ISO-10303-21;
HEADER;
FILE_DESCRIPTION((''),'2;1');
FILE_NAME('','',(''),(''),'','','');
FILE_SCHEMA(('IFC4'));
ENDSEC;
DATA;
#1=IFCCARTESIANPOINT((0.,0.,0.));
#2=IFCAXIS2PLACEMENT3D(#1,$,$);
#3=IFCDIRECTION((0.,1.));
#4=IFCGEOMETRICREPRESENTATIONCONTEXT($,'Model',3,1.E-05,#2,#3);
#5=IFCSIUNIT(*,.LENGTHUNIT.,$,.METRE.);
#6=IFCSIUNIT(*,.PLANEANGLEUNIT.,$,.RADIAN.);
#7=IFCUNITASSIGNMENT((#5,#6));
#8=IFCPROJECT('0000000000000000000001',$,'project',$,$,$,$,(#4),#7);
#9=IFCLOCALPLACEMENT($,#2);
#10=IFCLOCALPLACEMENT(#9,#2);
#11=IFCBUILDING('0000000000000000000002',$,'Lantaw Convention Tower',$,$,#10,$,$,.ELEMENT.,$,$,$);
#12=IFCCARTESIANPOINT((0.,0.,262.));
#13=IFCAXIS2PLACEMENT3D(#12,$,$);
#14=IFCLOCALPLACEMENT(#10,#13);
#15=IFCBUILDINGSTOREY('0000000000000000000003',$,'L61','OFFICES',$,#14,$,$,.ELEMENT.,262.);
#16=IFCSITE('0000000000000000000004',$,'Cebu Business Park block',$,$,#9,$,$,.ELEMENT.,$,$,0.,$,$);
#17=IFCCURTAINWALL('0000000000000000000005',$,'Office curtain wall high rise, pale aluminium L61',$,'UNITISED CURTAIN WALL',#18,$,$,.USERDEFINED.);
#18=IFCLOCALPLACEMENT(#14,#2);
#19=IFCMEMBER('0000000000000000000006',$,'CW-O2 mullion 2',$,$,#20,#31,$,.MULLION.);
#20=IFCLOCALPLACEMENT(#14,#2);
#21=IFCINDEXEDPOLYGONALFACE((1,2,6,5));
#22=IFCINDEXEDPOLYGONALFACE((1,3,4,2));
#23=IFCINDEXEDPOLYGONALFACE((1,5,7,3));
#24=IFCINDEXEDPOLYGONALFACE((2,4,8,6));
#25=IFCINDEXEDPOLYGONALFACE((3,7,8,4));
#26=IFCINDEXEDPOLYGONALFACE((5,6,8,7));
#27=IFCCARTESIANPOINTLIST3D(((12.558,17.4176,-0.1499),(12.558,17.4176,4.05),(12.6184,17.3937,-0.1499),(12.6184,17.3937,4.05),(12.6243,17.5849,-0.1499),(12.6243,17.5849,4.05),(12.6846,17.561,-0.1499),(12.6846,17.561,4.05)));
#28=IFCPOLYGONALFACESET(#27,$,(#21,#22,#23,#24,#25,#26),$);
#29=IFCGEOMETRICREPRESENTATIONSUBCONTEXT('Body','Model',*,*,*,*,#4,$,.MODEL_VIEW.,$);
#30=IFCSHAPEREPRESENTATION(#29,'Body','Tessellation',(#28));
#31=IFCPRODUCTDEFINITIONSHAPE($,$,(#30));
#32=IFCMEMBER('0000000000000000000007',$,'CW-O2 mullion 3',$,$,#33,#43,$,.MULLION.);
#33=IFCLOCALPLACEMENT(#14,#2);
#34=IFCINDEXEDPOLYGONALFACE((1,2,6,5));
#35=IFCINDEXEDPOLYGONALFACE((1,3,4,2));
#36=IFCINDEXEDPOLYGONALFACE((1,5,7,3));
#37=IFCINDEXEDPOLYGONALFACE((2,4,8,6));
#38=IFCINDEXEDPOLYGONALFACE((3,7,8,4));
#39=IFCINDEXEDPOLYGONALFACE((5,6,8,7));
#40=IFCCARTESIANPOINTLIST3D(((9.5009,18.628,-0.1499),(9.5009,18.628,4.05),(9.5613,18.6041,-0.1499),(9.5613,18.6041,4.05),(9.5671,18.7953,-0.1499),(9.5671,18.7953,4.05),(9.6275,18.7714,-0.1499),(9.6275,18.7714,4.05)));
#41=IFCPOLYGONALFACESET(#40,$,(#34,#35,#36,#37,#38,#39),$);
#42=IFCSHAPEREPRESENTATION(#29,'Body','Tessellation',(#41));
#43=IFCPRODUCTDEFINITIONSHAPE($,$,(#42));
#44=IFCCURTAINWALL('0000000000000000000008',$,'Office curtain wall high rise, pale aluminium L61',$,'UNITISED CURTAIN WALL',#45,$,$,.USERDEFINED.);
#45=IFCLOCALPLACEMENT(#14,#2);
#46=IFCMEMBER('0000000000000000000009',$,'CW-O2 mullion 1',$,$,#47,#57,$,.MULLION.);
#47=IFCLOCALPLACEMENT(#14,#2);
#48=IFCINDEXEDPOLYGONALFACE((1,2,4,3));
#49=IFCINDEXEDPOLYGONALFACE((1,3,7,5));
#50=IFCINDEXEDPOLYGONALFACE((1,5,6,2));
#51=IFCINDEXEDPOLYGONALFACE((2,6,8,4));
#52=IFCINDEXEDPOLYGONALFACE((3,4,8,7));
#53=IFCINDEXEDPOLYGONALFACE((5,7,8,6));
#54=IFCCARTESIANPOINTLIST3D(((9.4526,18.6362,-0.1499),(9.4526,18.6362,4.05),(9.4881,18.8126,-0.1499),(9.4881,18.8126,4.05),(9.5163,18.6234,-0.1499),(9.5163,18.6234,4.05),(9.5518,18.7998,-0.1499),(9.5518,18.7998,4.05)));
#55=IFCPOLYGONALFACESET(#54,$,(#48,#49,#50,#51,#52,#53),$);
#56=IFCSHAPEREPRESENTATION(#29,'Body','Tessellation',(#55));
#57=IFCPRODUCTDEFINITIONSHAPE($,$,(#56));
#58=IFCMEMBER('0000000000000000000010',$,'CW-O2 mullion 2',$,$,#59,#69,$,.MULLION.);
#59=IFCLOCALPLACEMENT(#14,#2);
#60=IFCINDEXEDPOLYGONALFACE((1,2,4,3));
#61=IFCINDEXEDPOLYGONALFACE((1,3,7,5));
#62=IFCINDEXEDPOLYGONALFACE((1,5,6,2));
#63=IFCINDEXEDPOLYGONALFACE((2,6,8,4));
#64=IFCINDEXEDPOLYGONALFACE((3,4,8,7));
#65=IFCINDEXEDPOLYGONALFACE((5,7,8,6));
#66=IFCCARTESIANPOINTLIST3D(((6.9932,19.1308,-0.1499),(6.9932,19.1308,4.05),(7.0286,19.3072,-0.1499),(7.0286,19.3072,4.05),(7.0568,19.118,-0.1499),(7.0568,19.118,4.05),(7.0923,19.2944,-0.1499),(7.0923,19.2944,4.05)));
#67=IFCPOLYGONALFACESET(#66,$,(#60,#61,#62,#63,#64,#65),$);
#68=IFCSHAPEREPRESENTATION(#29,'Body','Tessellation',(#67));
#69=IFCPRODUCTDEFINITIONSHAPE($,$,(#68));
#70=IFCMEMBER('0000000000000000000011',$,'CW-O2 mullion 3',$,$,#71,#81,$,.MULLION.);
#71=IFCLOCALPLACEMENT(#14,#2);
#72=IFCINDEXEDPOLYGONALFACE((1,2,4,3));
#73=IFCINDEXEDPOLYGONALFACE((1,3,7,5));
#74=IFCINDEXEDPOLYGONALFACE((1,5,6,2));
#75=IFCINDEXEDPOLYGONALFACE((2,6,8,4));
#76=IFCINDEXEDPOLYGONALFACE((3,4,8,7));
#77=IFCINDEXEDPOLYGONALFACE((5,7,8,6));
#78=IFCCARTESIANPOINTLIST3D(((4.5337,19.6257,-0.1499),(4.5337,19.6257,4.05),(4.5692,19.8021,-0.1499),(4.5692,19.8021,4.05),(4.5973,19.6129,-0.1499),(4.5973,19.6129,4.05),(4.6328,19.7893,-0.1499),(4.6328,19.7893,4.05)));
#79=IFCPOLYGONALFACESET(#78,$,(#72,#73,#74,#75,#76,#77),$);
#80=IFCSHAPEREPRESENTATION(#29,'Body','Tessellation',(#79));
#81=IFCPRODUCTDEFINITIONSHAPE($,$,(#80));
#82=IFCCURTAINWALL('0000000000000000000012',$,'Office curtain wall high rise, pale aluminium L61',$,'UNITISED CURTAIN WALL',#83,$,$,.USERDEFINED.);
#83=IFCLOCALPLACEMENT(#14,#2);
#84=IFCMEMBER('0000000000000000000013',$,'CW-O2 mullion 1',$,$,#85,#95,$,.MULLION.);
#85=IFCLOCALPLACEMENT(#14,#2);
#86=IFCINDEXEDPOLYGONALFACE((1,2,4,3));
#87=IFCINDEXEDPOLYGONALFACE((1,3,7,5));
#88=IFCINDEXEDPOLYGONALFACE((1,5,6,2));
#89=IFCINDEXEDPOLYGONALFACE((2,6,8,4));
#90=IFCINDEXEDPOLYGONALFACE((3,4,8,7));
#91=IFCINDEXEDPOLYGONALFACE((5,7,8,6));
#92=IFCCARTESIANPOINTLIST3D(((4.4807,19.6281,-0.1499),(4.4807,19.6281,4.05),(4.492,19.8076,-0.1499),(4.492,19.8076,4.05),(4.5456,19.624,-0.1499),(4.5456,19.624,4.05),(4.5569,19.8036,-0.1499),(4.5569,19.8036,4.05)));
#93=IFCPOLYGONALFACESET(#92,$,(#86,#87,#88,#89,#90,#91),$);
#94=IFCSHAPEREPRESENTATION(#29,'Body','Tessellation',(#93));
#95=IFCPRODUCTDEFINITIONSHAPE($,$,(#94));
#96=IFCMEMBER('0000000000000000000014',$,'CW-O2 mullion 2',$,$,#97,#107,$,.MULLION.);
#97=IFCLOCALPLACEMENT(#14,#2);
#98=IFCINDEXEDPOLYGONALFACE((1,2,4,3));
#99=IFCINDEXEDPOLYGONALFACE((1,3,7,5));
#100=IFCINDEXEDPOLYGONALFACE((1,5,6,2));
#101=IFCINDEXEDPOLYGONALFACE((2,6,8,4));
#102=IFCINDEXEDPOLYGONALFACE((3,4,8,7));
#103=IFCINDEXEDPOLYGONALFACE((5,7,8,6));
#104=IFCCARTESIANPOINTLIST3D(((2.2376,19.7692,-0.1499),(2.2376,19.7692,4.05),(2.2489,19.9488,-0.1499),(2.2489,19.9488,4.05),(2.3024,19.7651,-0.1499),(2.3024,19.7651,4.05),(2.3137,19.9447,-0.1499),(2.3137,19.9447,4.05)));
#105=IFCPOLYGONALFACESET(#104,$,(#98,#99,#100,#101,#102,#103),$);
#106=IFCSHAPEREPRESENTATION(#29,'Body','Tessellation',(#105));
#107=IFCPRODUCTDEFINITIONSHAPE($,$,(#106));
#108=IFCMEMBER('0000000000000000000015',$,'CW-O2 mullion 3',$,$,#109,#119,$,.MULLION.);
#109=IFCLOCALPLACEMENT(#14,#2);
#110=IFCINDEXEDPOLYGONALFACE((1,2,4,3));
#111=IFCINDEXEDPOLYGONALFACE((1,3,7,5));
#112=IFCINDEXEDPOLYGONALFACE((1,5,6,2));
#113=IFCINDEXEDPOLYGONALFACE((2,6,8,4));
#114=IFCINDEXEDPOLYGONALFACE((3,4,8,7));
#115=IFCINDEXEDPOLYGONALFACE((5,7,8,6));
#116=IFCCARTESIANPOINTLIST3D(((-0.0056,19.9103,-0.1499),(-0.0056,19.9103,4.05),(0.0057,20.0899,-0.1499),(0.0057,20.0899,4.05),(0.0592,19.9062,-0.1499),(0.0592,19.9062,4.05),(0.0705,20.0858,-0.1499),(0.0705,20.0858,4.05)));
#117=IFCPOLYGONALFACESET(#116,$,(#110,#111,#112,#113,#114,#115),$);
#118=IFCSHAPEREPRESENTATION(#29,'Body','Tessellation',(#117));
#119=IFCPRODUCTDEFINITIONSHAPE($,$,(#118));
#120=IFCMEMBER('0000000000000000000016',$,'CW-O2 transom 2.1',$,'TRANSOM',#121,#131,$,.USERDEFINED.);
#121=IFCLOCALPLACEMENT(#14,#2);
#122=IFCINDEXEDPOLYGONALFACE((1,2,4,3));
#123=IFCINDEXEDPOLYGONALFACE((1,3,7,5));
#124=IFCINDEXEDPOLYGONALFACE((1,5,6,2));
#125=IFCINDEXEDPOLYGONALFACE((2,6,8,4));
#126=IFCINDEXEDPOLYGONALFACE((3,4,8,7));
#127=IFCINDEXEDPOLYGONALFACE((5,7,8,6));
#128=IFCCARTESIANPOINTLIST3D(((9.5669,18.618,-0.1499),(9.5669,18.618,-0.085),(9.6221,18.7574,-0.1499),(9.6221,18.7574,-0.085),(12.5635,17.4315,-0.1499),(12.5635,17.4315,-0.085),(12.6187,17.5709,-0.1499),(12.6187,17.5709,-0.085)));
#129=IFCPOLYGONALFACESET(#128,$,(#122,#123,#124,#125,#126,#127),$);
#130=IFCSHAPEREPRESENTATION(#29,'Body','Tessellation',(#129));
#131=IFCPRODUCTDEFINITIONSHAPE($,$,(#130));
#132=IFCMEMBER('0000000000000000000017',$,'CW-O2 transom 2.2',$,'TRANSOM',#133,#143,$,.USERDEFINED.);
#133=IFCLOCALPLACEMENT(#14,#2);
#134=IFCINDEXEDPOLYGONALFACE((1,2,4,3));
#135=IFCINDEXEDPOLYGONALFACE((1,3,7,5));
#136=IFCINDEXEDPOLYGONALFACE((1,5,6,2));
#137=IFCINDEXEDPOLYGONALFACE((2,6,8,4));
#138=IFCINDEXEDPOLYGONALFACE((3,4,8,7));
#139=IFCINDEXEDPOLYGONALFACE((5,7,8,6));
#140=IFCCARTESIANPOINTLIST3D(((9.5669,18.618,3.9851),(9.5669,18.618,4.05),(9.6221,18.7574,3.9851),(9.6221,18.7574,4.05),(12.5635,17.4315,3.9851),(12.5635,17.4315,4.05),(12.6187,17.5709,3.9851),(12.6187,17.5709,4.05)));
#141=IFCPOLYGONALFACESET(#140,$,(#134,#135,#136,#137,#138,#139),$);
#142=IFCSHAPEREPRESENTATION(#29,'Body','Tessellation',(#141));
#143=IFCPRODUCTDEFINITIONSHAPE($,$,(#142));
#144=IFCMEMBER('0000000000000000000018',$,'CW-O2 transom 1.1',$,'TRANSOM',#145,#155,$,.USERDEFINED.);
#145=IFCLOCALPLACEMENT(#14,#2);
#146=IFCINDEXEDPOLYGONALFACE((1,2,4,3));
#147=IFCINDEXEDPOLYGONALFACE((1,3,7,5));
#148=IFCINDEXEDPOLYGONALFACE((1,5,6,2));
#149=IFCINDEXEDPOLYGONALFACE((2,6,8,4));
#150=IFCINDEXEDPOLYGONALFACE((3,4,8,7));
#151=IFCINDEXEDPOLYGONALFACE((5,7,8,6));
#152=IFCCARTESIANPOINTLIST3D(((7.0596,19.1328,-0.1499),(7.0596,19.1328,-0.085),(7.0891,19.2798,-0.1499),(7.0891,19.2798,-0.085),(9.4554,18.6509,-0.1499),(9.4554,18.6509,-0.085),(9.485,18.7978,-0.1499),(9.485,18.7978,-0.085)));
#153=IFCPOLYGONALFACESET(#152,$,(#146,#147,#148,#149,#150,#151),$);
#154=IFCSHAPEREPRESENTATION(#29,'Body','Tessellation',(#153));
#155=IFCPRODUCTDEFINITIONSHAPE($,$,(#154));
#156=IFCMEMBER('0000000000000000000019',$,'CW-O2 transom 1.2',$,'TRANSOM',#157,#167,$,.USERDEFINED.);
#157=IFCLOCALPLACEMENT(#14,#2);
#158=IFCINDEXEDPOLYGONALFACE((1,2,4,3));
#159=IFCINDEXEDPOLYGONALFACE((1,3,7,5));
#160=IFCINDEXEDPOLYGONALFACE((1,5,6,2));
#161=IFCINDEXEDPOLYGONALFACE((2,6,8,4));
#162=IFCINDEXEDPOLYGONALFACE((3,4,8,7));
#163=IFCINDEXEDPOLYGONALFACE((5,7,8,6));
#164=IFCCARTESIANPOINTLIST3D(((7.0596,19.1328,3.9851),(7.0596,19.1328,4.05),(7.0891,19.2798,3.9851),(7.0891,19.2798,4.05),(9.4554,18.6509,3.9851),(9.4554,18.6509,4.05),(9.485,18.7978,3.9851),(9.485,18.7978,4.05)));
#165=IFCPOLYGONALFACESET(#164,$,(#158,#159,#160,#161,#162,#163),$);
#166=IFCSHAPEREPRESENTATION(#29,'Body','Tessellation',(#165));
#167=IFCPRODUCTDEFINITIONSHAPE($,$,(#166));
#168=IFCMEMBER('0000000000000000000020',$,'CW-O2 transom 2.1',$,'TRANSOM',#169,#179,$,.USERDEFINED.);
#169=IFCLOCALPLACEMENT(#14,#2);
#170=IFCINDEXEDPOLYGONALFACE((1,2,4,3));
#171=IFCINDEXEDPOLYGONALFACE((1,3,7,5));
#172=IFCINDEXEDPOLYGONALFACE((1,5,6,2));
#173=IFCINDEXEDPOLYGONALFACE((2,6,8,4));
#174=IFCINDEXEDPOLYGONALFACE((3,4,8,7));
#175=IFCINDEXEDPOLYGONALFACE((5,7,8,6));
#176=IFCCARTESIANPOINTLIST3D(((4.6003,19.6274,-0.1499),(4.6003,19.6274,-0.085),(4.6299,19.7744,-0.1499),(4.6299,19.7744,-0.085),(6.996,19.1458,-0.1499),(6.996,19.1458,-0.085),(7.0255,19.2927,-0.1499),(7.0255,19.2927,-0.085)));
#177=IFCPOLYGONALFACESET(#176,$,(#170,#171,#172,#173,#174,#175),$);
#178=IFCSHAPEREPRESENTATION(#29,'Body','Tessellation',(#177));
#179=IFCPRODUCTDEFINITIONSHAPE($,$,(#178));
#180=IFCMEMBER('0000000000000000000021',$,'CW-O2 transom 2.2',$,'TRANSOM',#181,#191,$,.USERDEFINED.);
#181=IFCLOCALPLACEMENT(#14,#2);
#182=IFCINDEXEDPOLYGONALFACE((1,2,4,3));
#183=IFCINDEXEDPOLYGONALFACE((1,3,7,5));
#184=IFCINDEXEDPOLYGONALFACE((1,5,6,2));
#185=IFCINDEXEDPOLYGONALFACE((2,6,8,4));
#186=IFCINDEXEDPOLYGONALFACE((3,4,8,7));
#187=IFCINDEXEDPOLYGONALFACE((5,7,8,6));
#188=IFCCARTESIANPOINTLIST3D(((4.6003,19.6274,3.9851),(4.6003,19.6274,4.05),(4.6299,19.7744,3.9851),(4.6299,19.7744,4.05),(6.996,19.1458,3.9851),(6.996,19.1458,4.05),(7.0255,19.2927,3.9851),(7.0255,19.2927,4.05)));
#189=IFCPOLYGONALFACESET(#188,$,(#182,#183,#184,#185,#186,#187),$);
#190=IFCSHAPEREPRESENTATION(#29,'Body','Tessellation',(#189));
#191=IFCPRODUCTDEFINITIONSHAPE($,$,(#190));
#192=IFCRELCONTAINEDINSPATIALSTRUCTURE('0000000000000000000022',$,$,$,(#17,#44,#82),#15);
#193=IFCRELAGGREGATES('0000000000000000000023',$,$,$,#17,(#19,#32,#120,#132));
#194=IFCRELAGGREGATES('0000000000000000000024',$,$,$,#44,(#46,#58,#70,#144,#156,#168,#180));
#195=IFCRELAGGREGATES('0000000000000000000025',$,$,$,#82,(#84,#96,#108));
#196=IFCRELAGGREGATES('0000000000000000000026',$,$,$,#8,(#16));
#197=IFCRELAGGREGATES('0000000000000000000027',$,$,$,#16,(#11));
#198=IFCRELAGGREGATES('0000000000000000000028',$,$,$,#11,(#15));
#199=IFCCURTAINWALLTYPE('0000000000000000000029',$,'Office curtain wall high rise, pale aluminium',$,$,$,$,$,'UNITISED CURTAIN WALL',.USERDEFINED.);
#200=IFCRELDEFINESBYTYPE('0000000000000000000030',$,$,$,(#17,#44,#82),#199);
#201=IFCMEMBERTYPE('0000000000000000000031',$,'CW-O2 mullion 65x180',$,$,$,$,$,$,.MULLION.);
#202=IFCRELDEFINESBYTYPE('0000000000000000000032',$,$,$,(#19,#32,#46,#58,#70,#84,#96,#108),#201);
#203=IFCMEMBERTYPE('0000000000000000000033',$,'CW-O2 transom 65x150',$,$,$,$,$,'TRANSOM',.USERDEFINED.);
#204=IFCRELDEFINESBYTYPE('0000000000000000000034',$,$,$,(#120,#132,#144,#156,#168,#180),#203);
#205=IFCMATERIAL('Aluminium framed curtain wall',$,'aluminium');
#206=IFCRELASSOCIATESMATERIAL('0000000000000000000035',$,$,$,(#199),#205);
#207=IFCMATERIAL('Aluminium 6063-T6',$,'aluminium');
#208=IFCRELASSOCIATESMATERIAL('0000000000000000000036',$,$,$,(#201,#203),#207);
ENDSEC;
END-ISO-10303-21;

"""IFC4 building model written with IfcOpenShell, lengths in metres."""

from ifc_helpers import new_model, si_unit, direction, frame, origin, origin_2d, place, context, subcontext, project, spatial, rectangle, extrude, material, material_profile, profile_set, type_object, element, aggregate, save


model = new_model("IFC4")

# Units and contexts
model_context = context("Model", 3, precision=1e-05, world=origin(), true_north=direction((0.0, 1.0)))
body_context = subcontext(model_context, "Body", "Model", "MODEL_VIEW")
ifc_project = project(units=[si_unit("LENGTHUNIT", "METRE"), si_unit("PLANEANGLEUNIT", "RADIAN")], contexts=[model_context])

# Site, building, storey
site_placement = place(None, origin())
site = spatial("IfcSite", under=ifc_project, at=site_placement, Name="Cebu Business Park block", CompositionType="ELEMENT", RefElevation=0.0)
building_placement = place(site_placement, origin())
building = spatial("IfcBuilding", under=site, at=building_placement, Name="Lantaw Convention Tower", CompositionType="ELEMENT")
storey_placement = place(building_placement, frame((0.0, 0.0, 262.0)))
storey = spatial("IfcBuildingStorey", under=building, at=storey_placement, Name="L61", Description="OFFICES", CompositionType="ELEMENT", Elevation=262.0)

# Curtain walls, members
ifc_material_1 = material(Name="Aluminium framed curtain wall", Category="aluminium")
curtain_wall_type = type_object("IfcCurtainWallType", Name="Office curtain wall high rise, pale aluminium", ElementType="UNITISED CURTAIN WALL", PredefinedType="USERDEFINED", material=ifc_material_1)
curtain_wall_1_placement = place(storey_placement, origin())
curtain_wall_1 = element("IfcCurtainWall", 1, at=curtain_wall_1_placement, inside=storey, type_object=curtain_wall_type, Name="Office curtain wall high rise, pale aluminium L61", ObjectType="UNITISED CURTAIN WALL", PredefinedType="USERDEFINED")
ifc_material_2 = material(Name="Aluminium 6063-T6", Category="aluminium")
ifc_material_profile_1 = material_profile(ifc_material_2, rectangle(XDim=0.1799, YDim=0.0649, at=origin_2d()), Name="CW-O2 mullion 65x180")
ifc_profile_set_1 = profile_set([ifc_material_profile_1], Name="Aluminium 6063-T6")
member_type_1 = type_object("IfcMemberType", Name="CW-O2 mullion 65x180", PredefinedType="MULLION", material=ifc_profile_set_1)
member_1_placement = place(storey_placement, frame((12.6213, 17.4893, -0.1499), z_axis=(0.0, 0.0, 1.0), x_axis=(-0.368162, -0.929762, 0.0)))
member_1 = element("IfcMember", 2, at=member_1_placement, type_object=member_type_1, Name="CW-O2 mullion 2", PredefinedType="MULLION", context=body_context, shape_type="SweptSolid", body=[
    extrude(rectangle(XDim=0.1799, YDim=0.0649, at=origin_2d()), origin(), (0.0, 0.0, 1.0), 4.2),
])
member_2_placement = place(storey_placement, frame((9.5642, 18.6997, -0.1499), z_axis=(0.0, 0.0, 1.0), x_axis=(-0.368162, -0.929762, 0.0)))
member_2 = element("IfcMember", 3, at=member_2_placement, type_object=member_type_1, Name="CW-O2 mullion 3", PredefinedType="MULLION", context=body_context, shape_type="SweptSolid", body=[
    extrude(rectangle(XDim=0.1799, YDim=0.0649, at=origin_2d()), origin(), (0.0, 0.0, 1.0), 4.2),
])
curtain_wall_2_placement = place(storey_placement, origin())
curtain_wall_2 = element("IfcCurtainWall", 4, at=curtain_wall_2_placement, inside=storey, type_object=curtain_wall_type, Name="Office curtain wall high rise, pale aluminium L61", ObjectType="UNITISED CURTAIN WALL", PredefinedType="USERDEFINED")
member_3_placement = place(storey_placement, frame((9.5022, 18.718, -0.1499), z_axis=(0.0, 0.0, 1.0), x_axis=(-0.197183, -0.980367, 0.0)))
member_3 = element("IfcMember", 5, at=member_3_placement, type_object=member_type_1, Name="CW-O2 mullion 1", PredefinedType="MULLION", context=body_context, shape_type="SweptSolid", body=[
    extrude(rectangle(XDim=0.1799, YDim=0.0649, at=origin_2d()), origin(), (0.0, 0.0, 1.0), 4.2),
])
member_4_placement = place(storey_placement, frame((7.0427, 19.2126, -0.1499), z_axis=(0.0, 0.0, 1.0), x_axis=(-0.197183, -0.980367, 0.0)))
member_4 = element("IfcMember", 6, at=member_4_placement, type_object=member_type_1, Name="CW-O2 mullion 2", PredefinedType="MULLION", context=body_context, shape_type="SweptSolid", body=[
    extrude(rectangle(XDim=0.1799, YDim=0.0649, at=origin_2d()), origin(), (0.0, 0.0, 1.0), 4.2),
])
member_5_placement = place(storey_placement, frame((4.5833, 19.7075, -0.1499), z_axis=(0.0, 0.0, 1.0), x_axis=(-0.197183, -0.980367, 0.0)))
member_5 = element("IfcMember", 7, at=member_5_placement, type_object=member_type_1, Name="CW-O2 mullion 3", PredefinedType="MULLION", context=body_context, shape_type="SweptSolid", body=[
    extrude(rectangle(XDim=0.1799, YDim=0.0649, at=origin_2d()), origin(), (0.0, 0.0, 1.0), 4.2),
])
curtain_wall_3_placement = place(storey_placement, origin())
curtain_wall_3 = element("IfcCurtainWall", 8, at=curtain_wall_3_placement, inside=storey, type_object=curtain_wall_type, Name="Office curtain wall high rise, pale aluminium L61", ObjectType="UNITISED CURTAIN WALL", PredefinedType="USERDEFINED")
member_6_placement = place(storey_placement, frame((4.5188, 19.7158, -0.1499), z_axis=(0.0, 0.0, 1.0), x_axis=(-0.062758, -0.998029, 0.0)))
member_6 = element("IfcMember", 9, at=member_6_placement, type_object=member_type_1, Name="CW-O2 mullion 1", PredefinedType="MULLION", context=body_context, shape_type="SweptSolid", body=[
    extrude(rectangle(XDim=0.1799, YDim=0.0649, at=origin_2d()), origin(), (0.0, 0.0, 1.0), 4.2),
])
member_7_placement = place(storey_placement, frame((2.2756, 19.8569, -0.1499), z_axis=(0.0, 0.0, 1.0), x_axis=(-0.062758, -0.998029, 0.0)))
member_7 = element("IfcMember", 10, at=member_7_placement, type_object=member_type_1, Name="CW-O2 mullion 2", PredefinedType="MULLION", context=body_context, shape_type="SweptSolid", body=[
    extrude(rectangle(XDim=0.1799, YDim=0.0649, at=origin_2d()), origin(), (0.0, 0.0, 1.0), 4.2),
])
member_8_placement = place(storey_placement, frame((0.0325, 19.998, -0.1499), z_axis=(0.0, 0.0, 1.0), x_axis=(-0.062758, -0.998029, 0.0)))
member_8 = element("IfcMember", 11, at=member_8_placement, type_object=member_type_1, Name="CW-O2 mullion 3", PredefinedType="MULLION", context=body_context, shape_type="SweptSolid", body=[
    extrude(rectangle(XDim=0.1799, YDim=0.0649, at=origin_2d()), origin(), (0.0, 0.0, 1.0), 4.2),
])

# Members
ifc_material_profile_2 = material_profile(ifc_material_2, rectangle(XDim=0.1499, YDim=0.0649, at=origin_2d()), Name="CW-O2 transom 65x150")
ifc_profile_set_2 = profile_set([ifc_material_profile_2], Name="Aluminium 6063-T6")
member_type_2 = type_object("IfcMemberType", Name="CW-O2 transom 65x150", ElementType="TRANSOM", PredefinedType="USERDEFINED", material=ifc_profile_set_2)
member_9_placement = place(storey_placement, frame((12.5911, 17.5012, -0.1174), z_axis=(-0.929767, 0.368149, 0.0), x_axis=(-0.368149, -0.929767, 0.0)))
member_9 = element("IfcMember", 12, at=member_9_placement, type_object=member_type_2, Name="CW-O2 transom 2.1", ObjectType="TRANSOM", PredefinedType="USERDEFINED", context=body_context, shape_type="SweptSolid", body=[
    extrude(rectangle(XDim=0.1499, YDim=0.0649, at=origin_2d()), origin(), (0.0, 0.0, 1.0), 3.2229),
])
member_10_placement = place(storey_placement, frame((12.5911, 17.5012, 4.0176), z_axis=(-0.929767, 0.368149, 0.0), x_axis=(-0.368149, -0.929767, 0.0)))
member_10 = element("IfcMember", 13, at=member_10_placement, type_object=member_type_2, Name="CW-O2 transom 2.2", ObjectType="TRANSOM", PredefinedType="USERDEFINED", context=body_context, shape_type="SweptSolid", body=[
    extrude(rectangle(XDim=0.1499, YDim=0.0649, at=origin_2d()), origin(), (0.0, 0.0, 1.0), 3.2229),
])
member_11_placement = place(storey_placement, frame((9.4702, 18.7244, -0.1174), z_axis=(-0.980361, 0.197211, 0.0), x_axis=(-0.197211, -0.980361, 0.0)))
member_11 = element("IfcMember", 14, at=member_11_placement, type_object=member_type_2, Name="CW-O2 transom 1.1", ObjectType="TRANSOM", PredefinedType="USERDEFINED", context=body_context, shape_type="SweptSolid", body=[
    extrude(rectangle(XDim=0.1499, YDim=0.0649, at=origin_2d()), origin(), (0.0, 0.0, 1.0), 2.4438),
])
member_12_placement = place(storey_placement, frame((9.4702, 18.7244, 4.0176), z_axis=(-0.980361, 0.197211, 0.0), x_axis=(-0.197211, -0.980361, 0.0)))
member_12 = element("IfcMember", 15, at=member_12_placement, type_object=member_type_2, Name="CW-O2 transom 1.2", ObjectType="TRANSOM", PredefinedType="USERDEFINED", context=body_context, shape_type="SweptSolid", body=[
    extrude(rectangle(XDim=0.1499, YDim=0.0649, at=origin_2d()), origin(), (0.0, 0.0, 1.0), 2.4438),
])
member_13_placement = place(storey_placement, frame((7.0107, 19.2192, -0.1174), z_axis=(-0.98038, 0.197115, 0.0), x_axis=(-0.197115, -0.98038, 0.0)))
member_13 = element("IfcMember", 16, at=member_13_placement, type_object=member_type_2, Name="CW-O2 transom 2.1", ObjectType="TRANSOM", PredefinedType="USERDEFINED", context=body_context, shape_type="SweptSolid", body=[
    extrude(rectangle(XDim=0.1499, YDim=0.0649, at=origin_2d()), origin(), (0.0, 0.0, 1.0), 2.4436),
])
member_14_placement = place(storey_placement, frame((7.0107, 19.2192, 4.0176), z_axis=(-0.98038, 0.197115, 0.0), x_axis=(-0.197115, -0.98038, 0.0)))
member_14 = element("IfcMember", 17, at=member_14_placement, type_object=member_type_2, Name="CW-O2 transom 2.2", ObjectType="TRANSOM", PredefinedType="USERDEFINED", context=body_context, shape_type="SweptSolid", body=[
    extrude(rectangle(XDim=0.1499, YDim=0.0649, at=origin_2d()), origin(), (0.0, 0.0, 1.0), 2.4436),
])

aggregate(curtain_wall_1, [member_1, member_2, member_9, member_10])
aggregate(curtain_wall_2, [member_3, member_4, member_5, member_11, member_12, member_13, member_14])
aggregate(curtain_wall_3, [member_6, member_7, member_8])

save(model, "model.ifc")
